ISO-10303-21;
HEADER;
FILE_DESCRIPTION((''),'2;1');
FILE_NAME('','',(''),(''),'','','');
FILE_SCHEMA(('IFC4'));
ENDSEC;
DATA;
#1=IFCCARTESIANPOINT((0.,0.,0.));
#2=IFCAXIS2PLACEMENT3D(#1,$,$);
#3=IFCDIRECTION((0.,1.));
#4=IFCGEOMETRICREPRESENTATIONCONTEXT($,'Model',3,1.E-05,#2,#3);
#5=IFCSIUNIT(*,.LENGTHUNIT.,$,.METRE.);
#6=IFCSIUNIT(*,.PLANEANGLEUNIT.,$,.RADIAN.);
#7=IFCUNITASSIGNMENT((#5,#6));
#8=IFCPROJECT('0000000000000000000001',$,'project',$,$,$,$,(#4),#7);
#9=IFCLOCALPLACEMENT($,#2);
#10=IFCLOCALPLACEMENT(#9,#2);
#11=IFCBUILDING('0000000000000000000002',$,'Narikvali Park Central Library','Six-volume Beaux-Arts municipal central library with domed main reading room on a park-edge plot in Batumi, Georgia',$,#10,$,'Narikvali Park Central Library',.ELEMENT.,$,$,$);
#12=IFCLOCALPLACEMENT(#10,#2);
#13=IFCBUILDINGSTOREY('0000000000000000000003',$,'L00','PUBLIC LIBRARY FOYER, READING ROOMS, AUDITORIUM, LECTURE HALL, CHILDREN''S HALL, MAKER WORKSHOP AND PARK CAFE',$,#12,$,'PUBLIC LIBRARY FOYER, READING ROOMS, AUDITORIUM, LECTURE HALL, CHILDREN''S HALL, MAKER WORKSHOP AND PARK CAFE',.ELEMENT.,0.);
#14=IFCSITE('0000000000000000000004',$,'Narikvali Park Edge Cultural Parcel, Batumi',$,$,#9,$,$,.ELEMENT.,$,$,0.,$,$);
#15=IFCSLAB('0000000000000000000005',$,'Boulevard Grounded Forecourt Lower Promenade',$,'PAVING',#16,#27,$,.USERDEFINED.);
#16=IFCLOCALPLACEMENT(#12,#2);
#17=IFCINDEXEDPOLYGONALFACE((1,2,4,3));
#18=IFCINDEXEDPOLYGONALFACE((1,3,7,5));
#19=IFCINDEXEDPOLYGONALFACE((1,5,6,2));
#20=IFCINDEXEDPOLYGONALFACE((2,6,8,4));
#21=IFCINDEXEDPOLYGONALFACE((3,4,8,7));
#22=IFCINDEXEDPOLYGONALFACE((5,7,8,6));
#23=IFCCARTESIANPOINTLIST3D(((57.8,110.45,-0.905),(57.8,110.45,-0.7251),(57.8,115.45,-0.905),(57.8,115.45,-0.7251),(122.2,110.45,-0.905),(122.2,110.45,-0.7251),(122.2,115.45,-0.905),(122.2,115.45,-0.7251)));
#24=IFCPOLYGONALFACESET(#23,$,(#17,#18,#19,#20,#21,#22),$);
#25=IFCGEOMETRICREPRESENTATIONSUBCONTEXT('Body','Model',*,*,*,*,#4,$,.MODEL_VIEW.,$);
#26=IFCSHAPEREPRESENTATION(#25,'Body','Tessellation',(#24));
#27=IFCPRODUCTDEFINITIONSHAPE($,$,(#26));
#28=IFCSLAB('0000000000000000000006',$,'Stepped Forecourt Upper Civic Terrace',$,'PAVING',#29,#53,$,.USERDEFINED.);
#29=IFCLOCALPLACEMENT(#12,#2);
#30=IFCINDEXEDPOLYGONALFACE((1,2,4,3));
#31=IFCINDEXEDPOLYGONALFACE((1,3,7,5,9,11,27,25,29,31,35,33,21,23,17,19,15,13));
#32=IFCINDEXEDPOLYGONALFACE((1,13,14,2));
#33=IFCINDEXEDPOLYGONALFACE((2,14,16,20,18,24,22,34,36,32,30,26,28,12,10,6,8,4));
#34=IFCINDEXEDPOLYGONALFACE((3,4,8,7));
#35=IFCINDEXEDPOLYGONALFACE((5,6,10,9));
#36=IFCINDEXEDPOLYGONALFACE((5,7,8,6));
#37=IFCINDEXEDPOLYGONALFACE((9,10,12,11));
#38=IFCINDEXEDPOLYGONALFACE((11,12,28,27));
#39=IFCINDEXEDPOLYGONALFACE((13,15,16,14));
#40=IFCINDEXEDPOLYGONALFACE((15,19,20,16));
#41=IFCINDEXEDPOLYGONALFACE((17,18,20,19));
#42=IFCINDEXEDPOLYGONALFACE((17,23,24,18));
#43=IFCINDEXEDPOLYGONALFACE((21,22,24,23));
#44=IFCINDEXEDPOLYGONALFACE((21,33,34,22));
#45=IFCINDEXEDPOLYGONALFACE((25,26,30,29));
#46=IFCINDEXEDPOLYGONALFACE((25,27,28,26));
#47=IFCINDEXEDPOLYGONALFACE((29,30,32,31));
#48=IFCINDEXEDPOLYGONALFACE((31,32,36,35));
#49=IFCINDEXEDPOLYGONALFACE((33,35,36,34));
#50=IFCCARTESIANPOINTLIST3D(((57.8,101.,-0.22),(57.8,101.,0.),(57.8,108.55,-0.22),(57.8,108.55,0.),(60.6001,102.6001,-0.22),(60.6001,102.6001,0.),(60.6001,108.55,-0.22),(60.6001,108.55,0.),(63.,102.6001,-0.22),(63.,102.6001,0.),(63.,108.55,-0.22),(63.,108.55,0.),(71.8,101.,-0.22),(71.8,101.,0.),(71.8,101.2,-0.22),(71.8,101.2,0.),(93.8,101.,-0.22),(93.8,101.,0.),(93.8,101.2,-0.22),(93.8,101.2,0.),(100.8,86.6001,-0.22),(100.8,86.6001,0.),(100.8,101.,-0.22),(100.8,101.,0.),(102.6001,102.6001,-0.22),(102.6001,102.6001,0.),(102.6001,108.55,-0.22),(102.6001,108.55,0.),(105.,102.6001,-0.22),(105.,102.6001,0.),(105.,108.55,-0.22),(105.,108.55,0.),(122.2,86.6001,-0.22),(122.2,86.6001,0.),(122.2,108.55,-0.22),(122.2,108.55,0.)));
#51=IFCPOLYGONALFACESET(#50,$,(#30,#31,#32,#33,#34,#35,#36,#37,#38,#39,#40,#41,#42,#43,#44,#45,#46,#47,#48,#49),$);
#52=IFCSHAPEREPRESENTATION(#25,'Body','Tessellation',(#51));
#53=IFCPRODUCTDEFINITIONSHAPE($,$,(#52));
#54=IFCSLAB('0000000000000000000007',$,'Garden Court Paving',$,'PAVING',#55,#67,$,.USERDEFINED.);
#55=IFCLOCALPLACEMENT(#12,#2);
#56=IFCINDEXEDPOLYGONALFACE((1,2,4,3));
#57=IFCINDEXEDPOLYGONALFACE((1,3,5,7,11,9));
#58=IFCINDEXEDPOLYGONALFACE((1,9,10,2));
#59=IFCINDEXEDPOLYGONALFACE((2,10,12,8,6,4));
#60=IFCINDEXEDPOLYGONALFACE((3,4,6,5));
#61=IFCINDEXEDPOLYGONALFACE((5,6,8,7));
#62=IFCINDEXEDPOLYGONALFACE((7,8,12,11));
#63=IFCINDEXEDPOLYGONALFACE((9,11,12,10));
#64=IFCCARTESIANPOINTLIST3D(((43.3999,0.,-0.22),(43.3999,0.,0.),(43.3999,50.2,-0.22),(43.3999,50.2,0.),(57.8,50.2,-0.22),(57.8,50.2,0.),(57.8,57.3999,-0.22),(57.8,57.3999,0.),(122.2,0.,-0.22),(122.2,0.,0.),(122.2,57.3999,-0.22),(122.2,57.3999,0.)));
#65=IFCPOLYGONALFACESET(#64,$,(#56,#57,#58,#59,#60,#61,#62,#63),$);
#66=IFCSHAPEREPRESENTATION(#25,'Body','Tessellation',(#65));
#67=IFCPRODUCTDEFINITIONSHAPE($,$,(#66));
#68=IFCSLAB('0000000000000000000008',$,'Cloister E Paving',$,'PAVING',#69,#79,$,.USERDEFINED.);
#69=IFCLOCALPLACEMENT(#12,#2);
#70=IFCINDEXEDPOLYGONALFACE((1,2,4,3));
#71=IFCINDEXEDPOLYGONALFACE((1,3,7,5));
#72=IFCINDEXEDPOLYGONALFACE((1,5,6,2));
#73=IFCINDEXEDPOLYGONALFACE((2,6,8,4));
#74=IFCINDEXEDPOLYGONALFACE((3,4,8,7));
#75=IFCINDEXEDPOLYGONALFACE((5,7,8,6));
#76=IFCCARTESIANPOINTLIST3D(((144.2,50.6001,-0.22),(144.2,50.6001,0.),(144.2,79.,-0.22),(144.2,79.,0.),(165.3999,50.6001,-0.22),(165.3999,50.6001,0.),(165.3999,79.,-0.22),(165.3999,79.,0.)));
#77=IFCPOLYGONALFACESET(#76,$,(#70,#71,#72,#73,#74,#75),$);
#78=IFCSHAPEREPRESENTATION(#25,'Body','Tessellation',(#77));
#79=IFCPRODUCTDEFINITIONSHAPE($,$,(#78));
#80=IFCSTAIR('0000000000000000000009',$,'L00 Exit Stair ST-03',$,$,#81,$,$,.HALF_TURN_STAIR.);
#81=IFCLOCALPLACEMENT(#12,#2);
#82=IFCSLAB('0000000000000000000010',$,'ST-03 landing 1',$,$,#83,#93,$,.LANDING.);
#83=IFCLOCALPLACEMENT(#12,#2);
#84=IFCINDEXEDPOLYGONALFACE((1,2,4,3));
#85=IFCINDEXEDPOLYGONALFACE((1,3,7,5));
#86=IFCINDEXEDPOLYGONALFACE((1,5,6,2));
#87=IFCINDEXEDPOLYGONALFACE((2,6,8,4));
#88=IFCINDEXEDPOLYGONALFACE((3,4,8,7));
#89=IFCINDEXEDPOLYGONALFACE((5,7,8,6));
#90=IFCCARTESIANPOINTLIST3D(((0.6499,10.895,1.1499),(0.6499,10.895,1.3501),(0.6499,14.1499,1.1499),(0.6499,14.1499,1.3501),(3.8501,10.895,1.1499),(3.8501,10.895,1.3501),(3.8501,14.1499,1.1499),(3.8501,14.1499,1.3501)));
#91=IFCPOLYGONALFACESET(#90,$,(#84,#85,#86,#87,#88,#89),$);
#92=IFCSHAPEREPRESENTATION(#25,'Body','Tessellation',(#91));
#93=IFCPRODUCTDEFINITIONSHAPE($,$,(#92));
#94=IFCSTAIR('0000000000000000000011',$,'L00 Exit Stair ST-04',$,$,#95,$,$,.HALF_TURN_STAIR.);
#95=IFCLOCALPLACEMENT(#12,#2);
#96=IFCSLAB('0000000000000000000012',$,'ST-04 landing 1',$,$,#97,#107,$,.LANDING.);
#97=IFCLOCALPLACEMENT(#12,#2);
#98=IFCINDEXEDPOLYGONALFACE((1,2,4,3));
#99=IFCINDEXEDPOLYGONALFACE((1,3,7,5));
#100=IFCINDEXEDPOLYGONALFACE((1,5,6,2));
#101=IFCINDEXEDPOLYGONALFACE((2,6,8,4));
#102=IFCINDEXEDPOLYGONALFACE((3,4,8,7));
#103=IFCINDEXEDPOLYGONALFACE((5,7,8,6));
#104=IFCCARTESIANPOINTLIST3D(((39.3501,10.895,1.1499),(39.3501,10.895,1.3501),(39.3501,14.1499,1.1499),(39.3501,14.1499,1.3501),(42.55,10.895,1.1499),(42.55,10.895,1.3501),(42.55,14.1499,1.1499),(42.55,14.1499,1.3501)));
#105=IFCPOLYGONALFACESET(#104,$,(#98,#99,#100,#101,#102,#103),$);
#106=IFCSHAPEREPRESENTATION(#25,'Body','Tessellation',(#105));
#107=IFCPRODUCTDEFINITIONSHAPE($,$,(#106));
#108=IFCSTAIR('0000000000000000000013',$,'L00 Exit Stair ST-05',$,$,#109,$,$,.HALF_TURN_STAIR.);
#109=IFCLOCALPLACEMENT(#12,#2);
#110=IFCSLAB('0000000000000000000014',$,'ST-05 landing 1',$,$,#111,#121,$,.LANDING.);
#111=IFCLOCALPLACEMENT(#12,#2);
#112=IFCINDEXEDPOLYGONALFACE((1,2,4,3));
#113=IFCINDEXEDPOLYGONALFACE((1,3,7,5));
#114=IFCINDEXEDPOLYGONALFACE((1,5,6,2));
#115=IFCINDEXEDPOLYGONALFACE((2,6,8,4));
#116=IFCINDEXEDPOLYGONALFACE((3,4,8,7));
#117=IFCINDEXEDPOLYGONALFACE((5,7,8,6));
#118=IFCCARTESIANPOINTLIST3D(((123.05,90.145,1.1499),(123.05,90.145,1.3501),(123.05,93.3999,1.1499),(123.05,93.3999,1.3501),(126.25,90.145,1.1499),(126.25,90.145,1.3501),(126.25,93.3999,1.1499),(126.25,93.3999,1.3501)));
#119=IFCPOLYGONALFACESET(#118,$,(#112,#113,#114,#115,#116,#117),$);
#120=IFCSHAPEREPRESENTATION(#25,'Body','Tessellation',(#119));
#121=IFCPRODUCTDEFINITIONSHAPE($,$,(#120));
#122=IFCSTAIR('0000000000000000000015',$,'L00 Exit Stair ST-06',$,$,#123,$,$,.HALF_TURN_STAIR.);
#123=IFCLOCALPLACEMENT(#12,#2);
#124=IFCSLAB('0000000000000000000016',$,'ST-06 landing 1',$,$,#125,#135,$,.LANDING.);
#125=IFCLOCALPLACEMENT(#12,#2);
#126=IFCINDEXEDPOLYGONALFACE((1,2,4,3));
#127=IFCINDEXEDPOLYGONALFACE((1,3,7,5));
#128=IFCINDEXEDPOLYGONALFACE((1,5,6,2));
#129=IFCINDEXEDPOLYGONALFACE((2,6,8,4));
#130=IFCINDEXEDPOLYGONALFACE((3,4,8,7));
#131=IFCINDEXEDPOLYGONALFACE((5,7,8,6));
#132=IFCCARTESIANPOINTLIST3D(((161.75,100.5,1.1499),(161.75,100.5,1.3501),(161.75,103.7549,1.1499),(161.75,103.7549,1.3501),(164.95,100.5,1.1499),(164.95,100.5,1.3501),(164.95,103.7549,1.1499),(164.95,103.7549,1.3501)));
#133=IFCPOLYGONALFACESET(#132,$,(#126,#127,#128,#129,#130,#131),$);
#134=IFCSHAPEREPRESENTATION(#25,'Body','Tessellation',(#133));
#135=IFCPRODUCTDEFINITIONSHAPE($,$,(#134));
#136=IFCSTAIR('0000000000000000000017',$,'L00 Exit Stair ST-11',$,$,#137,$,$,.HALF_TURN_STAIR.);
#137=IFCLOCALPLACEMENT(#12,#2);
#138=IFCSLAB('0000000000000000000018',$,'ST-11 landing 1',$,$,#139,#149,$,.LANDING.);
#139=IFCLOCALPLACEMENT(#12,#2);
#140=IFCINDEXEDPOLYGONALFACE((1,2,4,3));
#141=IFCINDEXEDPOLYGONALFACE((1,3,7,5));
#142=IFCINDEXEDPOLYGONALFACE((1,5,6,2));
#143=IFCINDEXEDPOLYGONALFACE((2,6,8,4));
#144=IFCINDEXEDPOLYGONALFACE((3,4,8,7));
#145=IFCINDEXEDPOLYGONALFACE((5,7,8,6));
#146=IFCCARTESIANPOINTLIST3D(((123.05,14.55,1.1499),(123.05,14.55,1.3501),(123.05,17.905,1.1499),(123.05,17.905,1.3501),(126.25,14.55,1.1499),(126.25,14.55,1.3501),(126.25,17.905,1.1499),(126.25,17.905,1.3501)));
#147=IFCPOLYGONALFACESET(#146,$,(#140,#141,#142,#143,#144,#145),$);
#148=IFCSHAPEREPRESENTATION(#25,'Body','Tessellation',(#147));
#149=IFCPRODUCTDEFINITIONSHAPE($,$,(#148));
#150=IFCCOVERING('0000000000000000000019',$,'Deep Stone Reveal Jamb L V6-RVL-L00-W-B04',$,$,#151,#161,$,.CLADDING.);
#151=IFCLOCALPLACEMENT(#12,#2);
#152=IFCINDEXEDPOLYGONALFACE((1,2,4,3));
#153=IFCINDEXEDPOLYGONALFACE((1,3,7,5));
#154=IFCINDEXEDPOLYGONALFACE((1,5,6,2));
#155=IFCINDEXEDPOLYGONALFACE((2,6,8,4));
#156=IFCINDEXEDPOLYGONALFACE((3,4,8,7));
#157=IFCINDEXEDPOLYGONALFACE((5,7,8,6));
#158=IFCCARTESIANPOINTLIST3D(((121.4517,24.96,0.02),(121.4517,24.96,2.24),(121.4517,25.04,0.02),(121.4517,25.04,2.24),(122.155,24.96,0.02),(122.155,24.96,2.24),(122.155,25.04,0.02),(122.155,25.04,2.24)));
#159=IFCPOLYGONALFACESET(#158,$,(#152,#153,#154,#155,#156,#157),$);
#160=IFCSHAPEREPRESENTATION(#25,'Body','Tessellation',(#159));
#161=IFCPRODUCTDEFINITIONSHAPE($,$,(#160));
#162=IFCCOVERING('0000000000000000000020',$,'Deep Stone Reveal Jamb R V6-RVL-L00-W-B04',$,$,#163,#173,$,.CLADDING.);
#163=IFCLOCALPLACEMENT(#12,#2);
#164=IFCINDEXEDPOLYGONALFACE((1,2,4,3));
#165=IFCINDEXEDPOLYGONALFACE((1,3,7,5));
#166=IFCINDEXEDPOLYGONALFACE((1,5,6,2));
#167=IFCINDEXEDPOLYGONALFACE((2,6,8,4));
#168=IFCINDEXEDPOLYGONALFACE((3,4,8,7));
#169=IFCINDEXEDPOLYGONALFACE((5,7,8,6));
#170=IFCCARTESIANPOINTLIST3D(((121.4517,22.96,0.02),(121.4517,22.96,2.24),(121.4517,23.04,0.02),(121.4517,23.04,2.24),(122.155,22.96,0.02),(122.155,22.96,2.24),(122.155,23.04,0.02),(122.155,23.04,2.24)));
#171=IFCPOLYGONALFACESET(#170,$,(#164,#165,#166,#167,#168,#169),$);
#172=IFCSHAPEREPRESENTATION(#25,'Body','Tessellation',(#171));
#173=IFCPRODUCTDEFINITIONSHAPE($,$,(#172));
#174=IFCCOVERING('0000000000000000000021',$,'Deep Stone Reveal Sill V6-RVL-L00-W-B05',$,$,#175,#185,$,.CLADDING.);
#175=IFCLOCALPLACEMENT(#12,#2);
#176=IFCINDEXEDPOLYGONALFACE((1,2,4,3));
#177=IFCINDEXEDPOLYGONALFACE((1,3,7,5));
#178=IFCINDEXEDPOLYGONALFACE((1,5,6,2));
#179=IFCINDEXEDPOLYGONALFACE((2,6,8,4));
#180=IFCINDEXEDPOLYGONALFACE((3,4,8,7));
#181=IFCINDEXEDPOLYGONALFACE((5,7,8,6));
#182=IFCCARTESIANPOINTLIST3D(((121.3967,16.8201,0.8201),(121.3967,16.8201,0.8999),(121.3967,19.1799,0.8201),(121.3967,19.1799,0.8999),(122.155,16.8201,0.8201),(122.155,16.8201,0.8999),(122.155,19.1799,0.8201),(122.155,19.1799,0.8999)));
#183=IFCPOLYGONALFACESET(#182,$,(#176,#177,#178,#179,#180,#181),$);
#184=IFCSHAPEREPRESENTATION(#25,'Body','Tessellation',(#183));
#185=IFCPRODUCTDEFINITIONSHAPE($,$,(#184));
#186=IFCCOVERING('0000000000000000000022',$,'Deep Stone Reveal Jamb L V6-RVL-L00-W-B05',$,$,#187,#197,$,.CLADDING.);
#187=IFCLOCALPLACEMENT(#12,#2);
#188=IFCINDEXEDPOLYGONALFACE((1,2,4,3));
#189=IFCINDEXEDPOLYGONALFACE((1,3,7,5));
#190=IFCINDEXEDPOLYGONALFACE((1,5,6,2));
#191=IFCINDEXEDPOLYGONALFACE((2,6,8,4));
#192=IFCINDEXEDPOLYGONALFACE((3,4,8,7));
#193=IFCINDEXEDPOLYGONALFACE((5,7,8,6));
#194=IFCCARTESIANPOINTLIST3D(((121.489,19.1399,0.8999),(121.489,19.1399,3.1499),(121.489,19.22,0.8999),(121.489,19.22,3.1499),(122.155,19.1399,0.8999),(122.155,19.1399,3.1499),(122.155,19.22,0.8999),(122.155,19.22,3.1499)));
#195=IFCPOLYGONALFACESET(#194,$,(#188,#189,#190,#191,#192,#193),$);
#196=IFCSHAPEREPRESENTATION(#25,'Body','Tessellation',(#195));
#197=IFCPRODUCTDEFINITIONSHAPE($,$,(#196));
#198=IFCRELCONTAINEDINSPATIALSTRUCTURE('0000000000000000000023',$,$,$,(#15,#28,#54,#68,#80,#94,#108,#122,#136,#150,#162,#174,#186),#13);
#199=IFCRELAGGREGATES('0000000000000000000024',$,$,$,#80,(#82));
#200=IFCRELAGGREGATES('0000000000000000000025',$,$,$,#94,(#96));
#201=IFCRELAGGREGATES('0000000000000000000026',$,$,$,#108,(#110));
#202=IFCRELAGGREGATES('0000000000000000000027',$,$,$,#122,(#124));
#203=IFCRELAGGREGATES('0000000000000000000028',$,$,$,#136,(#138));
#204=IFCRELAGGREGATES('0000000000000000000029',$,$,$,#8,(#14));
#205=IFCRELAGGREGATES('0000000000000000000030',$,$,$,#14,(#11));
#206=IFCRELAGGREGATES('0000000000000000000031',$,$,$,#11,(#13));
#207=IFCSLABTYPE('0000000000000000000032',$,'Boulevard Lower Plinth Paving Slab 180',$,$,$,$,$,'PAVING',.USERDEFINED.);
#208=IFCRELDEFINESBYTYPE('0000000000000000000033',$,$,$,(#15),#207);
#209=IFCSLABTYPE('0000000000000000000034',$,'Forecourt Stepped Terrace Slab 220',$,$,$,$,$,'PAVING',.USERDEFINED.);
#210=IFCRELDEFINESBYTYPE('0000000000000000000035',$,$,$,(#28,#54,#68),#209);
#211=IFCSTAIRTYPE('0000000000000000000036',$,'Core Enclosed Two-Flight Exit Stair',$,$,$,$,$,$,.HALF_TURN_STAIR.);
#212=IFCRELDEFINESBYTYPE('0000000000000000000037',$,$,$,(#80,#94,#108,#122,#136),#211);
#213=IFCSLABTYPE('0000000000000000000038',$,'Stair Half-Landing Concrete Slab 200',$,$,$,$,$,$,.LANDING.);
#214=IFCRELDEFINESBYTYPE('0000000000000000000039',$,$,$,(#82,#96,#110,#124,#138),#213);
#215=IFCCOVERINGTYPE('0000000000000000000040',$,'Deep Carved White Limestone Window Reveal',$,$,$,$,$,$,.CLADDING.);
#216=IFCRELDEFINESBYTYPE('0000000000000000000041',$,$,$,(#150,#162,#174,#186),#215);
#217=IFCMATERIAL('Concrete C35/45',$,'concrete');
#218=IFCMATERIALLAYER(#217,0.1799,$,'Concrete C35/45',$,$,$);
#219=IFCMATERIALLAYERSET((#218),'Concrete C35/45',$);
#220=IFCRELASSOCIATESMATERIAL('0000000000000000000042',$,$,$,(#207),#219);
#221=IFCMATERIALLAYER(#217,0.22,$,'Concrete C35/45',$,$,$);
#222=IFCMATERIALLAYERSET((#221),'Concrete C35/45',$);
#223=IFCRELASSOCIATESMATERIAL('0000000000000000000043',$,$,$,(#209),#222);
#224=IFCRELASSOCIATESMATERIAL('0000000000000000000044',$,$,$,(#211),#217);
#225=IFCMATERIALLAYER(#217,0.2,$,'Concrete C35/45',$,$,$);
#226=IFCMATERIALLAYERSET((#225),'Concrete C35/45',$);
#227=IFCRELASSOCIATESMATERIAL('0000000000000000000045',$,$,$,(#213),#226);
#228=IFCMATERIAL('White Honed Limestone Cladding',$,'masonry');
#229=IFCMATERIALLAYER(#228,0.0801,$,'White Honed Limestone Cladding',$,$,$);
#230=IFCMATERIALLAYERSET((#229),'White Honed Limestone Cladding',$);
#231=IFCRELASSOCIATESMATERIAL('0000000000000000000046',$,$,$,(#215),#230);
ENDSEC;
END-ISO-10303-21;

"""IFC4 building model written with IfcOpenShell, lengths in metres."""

from ifc_helpers import new_model, si_unit, direction, frame, origin, place, context, subcontext, project, spatial, polyline, outline, extrude, material, layer, layer_set, type_object, element, aggregate, save


model = new_model("IFC4")

# Units and contexts
model_context = context("Model", 3, precision=1e-05, world=origin(), true_north=direction((0.0, 1.0)))
body_context = subcontext(model_context, "Body", "Model", "MODEL_VIEW")
ifc_project = project(units=[si_unit("LENGTHUNIT", "METRE"), si_unit("PLANEANGLEUNIT", "RADIAN")], contexts=[model_context])

# Site, building, storey
site_placement = place(None, origin())
site = spatial("IfcSite", under=ifc_project, at=site_placement, Name="Narikvali Park Edge Cultural Parcel, Batumi", CompositionType="ELEMENT", RefElevation=0.0)
building_placement = place(site_placement, origin())
building = spatial("IfcBuilding", under=site, at=building_placement, Name="Narikvali Park Central Library", Description="Six-volume Beaux-Arts municipal central library with domed main reading room on a park-edge plot in Batumi, Georgia", LongName="Narikvali Park Central Library", CompositionType="ELEMENT")
storey_placement = place(building_placement, origin())
storey = spatial("IfcBuildingStorey", under=building, at=storey_placement, Name="L00", Description="PUBLIC LIBRARY FOYER, READING ROOMS, AUDITORIUM, LECTURE HALL, CHILDREN'S HALL, MAKER WORKSHOP AND PARK CAFE", LongName="PUBLIC LIBRARY FOYER, READING ROOMS, AUDITORIUM, LECTURE HALL, CHILDREN'S HALL, MAKER WORKSHOP AND PARK CAFE", CompositionType="ELEMENT", Elevation=0.0)

# Slabs
ifc_material_1 = material(Name="Concrete C35/45", Category="concrete")
ifc_layer_1 = layer(ifc_material_1, 0.1799, Name="Concrete C35/45")
ifc_layer_set_1 = layer_set([ifc_layer_1], Name="Concrete C35/45")
slab_type_1 = type_object("IfcSlabType", Name="Boulevard Lower Plinth Paving Slab 180", ElementType="PAVING", PredefinedType="USERDEFINED", material=ifc_layer_set_1)
slab_1_placement = place(storey_placement, frame((0.0, 0.0, -0.905)))
element("IfcSlab", 1, at=slab_1_placement, inside=storey, type_object=slab_type_1, Name="Boulevard Grounded Forecourt Lower Promenade", ObjectType="PAVING", PredefinedType="USERDEFINED", context=body_context, shape_type="SweptSolid", body=[
    extrude(outline(polyline([(57.8, 110.45), (122.2, 110.45), (122.2, 115.45), (57.8, 115.45), (57.8, 110.45)])), origin(), (0.0, 0.0, 1.0), 0.1799),
])
ifc_layer_2 = layer(ifc_material_1, 0.22, Name="Concrete C35/45")
ifc_layer_set_2 = layer_set([ifc_layer_2], Name="Concrete C35/45")
slab_type_2 = type_object("IfcSlabType", Name="Forecourt Stepped Terrace Slab 220", ElementType="PAVING", PredefinedType="USERDEFINED", material=ifc_layer_set_2)
slab_2_placement = place(storey_placement, frame((0.0, 0.0, -0.22)))
element("IfcSlab", 2, at=slab_2_placement, inside=storey, type_object=slab_type_2, Name="Stepped Forecourt Upper Civic Terrace", ObjectType="PAVING", PredefinedType="USERDEFINED", context=body_context, shape_type="SweptSolid", body=[
    extrude(outline(polyline([(57.8, 101.0), (71.8, 101.0), (71.8, 101.2), (93.8, 101.2), (93.8, 101.0), (100.8, 101.0), (100.8, 86.6001), (122.2, 86.6001), (122.2, 108.55), (105.0, 108.55), (105.0, 102.6001), (102.6001, 102.6001), (102.6001, 108.55), (63.0, 108.55), (63.0, 102.6001), (60.6001, 102.6001), (60.6001, 108.55), (57.8, 108.55), (57.8, 101.0)])), origin(), (0.0, 0.0, 1.0), 0.22),
])
slab_3_placement = place(storey_placement, frame((0.0, 0.0, -0.22)))
element("IfcSlab", 3, at=slab_3_placement, inside=storey, type_object=slab_type_2, Name="Garden Court Paving", ObjectType="PAVING", PredefinedType="USERDEFINED", context=body_context, shape_type="SweptSolid", body=[
    extrude(outline(polyline([(43.3999, 0.0), (122.2, 0.0), (122.2, 57.3999), (57.8, 57.3999), (57.8, 50.2), (43.3999, 50.2), (43.3999, 0.0)])), origin(), (0.0, 0.0, 1.0), 0.22),
])
slab_4_placement = place(storey_placement, frame((0.0, 0.0, -0.22)))
element("IfcSlab", 4, at=slab_4_placement, inside=storey, type_object=slab_type_2, Name="Cloister E Paving", ObjectType="PAVING", PredefinedType="USERDEFINED", context=body_context, shape_type="SweptSolid", body=[
    extrude(outline(polyline([(144.2, 50.6001), (165.3999, 50.6001), (165.3999, 79.0), (144.2, 79.0), (144.2, 50.6001)])), origin(), (0.0, 0.0, 1.0), 0.22),
])

# Stairs, slabs
stair_type = type_object("IfcStairType", Name="Core Enclosed Two-Flight Exit Stair", PredefinedType="HALF_TURN_STAIR", material=ifc_material_1)
stair_1_placement = place(storey_placement, origin())
stair_1 = element("IfcStair", 5, at=stair_1_placement, inside=storey, type_object=stair_type, Name="L00 Exit Stair ST-03", PredefinedType="HALF_TURN_STAIR")
ifc_layer_3 = layer(ifc_material_1, 0.2, Name="Concrete C35/45")
ifc_layer_set_3 = layer_set([ifc_layer_3], Name="Concrete C35/45")
slab_type_3 = type_object("IfcSlabType", Name="Stair Half-Landing Concrete Slab 200", PredefinedType="LANDING", material=ifc_layer_set_3)
slab_5_placement = place(storey_placement, frame((0.0, 0.0, 1.1499)))
slab_5 = element("IfcSlab", 6, at=slab_5_placement, type_object=slab_type_3, Name="ST-03 landing 1", PredefinedType="LANDING", context=body_context, shape_type="SweptSolid", body=[
    extrude(outline(polyline([(3.8501, 10.895), (3.8501, 14.1499), (0.6499, 14.1499), (0.6499, 10.895), (3.8501, 10.895)])), origin(), (0.0, 0.0, 1.0), 0.2002),
])
aggregate(stair_1, [slab_5])
stair_2_placement = place(storey_placement, origin())
stair_2 = element("IfcStair", 7, at=stair_2_placement, inside=storey, type_object=stair_type, Name="L00 Exit Stair ST-04", PredefinedType="HALF_TURN_STAIR")
slab_6_placement = place(storey_placement, frame((0.0, 0.0, 1.1499)))
slab_6 = element("IfcSlab", 8, at=slab_6_placement, type_object=slab_type_3, Name="ST-04 landing 1", PredefinedType="LANDING", context=body_context, shape_type="SweptSolid", body=[
    extrude(outline(polyline([(42.55, 10.895), (42.55, 14.1499), (39.3501, 14.1499), (39.3501, 10.895), (42.55, 10.895)])), origin(), (0.0, 0.0, 1.0), 0.2002),
])
aggregate(stair_2, [slab_6])
stair_3_placement = place(storey_placement, origin())
stair_3 = element("IfcStair", 9, at=stair_3_placement, inside=storey, type_object=stair_type, Name="L00 Exit Stair ST-05", PredefinedType="HALF_TURN_STAIR")
slab_7_placement = place(storey_placement, frame((0.0, 0.0, 1.1499)))
slab_7 = element("IfcSlab", 10, at=slab_7_placement, type_object=slab_type_3, Name="ST-05 landing 1", PredefinedType="LANDING", context=body_context, shape_type="SweptSolid", body=[
    extrude(outline(polyline([(126.25, 90.145), (126.25, 93.3999), (123.05, 93.3999), (123.05, 90.145), (126.25, 90.145)])), origin(), (0.0, 0.0, 1.0), 0.2002),
])
aggregate(stair_3, [slab_7])
stair_4_placement = place(storey_placement, origin())
stair_4 = element("IfcStair", 11, at=stair_4_placement, inside=storey, type_object=stair_type, Name="L00 Exit Stair ST-06", PredefinedType="HALF_TURN_STAIR")
slab_8_placement = place(storey_placement, frame((0.0, 0.0, 1.1499)))
slab_8 = element("IfcSlab", 12, at=slab_8_placement, type_object=slab_type_3, Name="ST-06 landing 1", PredefinedType="LANDING", context=body_context, shape_type="SweptSolid", body=[
    extrude(outline(polyline([(161.75, 103.7549), (161.75, 100.5), (164.95, 100.5), (164.95, 103.7549), (161.75, 103.7549)])), origin(), (0.0, 0.0, 1.0), 0.2002),
])
aggregate(stair_4, [slab_8])
stair_5_placement = place(storey_placement, origin())
stair_5 = element("IfcStair", 13, at=stair_5_placement, inside=storey, type_object=stair_type, Name="L00 Exit Stair ST-11", PredefinedType="HALF_TURN_STAIR")
slab_9_placement = place(storey_placement, frame((0.0, 0.0, 1.1499)))
slab_9 = element("IfcSlab", 14, at=slab_9_placement, type_object=slab_type_3, Name="ST-11 landing 1", PredefinedType="LANDING", context=body_context, shape_type="SweptSolid", body=[
    extrude(outline(polyline([(123.05, 17.905), (123.05, 14.55), (126.25, 14.55), (126.25, 17.905), (123.05, 17.905)])), origin(), (0.0, 0.0, 1.0), 0.2002),
])
aggregate(stair_5, [slab_9])

# Coverings
ifc_material_2 = material(Name="White Honed Limestone Cladding", Category="masonry")
ifc_layer_4 = layer(ifc_material_2, 0.0801, Name="White Honed Limestone Cladding")
ifc_layer_set_4 = layer_set([ifc_layer_4], Name="White Honed Limestone Cladding")
covering_type_1 = type_object("IfcCoveringType", Name="Deep Carved White Limestone Window Reveal", PredefinedType="CLADDING", material=ifc_layer_set_4)
covering_1_placement = place(storey_placement, frame((0.0, 0.0, 0.02)))
element("IfcCovering", 15, at=covering_1_placement, inside=storey, type_object=covering_type_1, Name="Deep Stone Reveal Jamb L V6-RVL-L00-W-B04", PredefinedType="CLADDING", context=body_context, shape_type="SweptSolid", body=[
    extrude(outline(polyline([(122.155, 25.04), (122.155, 24.96), (121.4517, 24.96), (121.4517, 25.04), (122.155, 25.04)])), origin(), (0.0, 0.0, 1.0), 2.22),
])
covering_2_placement = place(storey_placement, frame((0.0, 0.0, 0.02)))
element("IfcCovering", 16, at=covering_2_placement, inside=storey, type_object=covering_type_1, Name="Deep Stone Reveal Jamb R V6-RVL-L00-W-B04", PredefinedType="CLADDING", context=body_context, shape_type="SweptSolid", body=[
    extrude(outline(polyline([(122.155, 23.04), (122.155, 22.96), (121.4517, 22.96), (121.4517, 23.04), (122.155, 23.04)])), origin(), (0.0, 0.0, 1.0), 2.22),
])
covering_3_placement = place(storey_placement, frame((0.0, 0.0, 0.8201)))
element("IfcCovering", 17, at=covering_3_placement, inside=storey, type_object=covering_type_1, Name="Deep Stone Reveal Sill V6-RVL-L00-W-B05", PredefinedType="CLADDING", context=body_context, shape_type="SweptSolid", body=[
    extrude(outline(polyline([(122.155, 19.1799), (122.155, 16.8201), (121.3967, 16.8201), (121.3967, 19.1799), (122.155, 19.1799)])), origin(), (0.0, 0.0, 1.0), 0.0798),
])
covering_4_placement = place(storey_placement, frame((0.0, 0.0, 0.8999)))
element("IfcCovering", 18, at=covering_4_placement, inside=storey, type_object=covering_type_1, Name="Deep Stone Reveal Jamb L V6-RVL-L00-W-B05", PredefinedType="CLADDING", context=body_context, shape_type="SweptSolid", body=[
    extrude(outline(polyline([(122.155, 19.22), (122.155, 19.1399), (121.489, 19.1399), (121.489, 19.22), (122.155, 19.22)])), origin(), (0.0, 0.0, 1.0), 2.25),
])

save(model, "model.ifc")
